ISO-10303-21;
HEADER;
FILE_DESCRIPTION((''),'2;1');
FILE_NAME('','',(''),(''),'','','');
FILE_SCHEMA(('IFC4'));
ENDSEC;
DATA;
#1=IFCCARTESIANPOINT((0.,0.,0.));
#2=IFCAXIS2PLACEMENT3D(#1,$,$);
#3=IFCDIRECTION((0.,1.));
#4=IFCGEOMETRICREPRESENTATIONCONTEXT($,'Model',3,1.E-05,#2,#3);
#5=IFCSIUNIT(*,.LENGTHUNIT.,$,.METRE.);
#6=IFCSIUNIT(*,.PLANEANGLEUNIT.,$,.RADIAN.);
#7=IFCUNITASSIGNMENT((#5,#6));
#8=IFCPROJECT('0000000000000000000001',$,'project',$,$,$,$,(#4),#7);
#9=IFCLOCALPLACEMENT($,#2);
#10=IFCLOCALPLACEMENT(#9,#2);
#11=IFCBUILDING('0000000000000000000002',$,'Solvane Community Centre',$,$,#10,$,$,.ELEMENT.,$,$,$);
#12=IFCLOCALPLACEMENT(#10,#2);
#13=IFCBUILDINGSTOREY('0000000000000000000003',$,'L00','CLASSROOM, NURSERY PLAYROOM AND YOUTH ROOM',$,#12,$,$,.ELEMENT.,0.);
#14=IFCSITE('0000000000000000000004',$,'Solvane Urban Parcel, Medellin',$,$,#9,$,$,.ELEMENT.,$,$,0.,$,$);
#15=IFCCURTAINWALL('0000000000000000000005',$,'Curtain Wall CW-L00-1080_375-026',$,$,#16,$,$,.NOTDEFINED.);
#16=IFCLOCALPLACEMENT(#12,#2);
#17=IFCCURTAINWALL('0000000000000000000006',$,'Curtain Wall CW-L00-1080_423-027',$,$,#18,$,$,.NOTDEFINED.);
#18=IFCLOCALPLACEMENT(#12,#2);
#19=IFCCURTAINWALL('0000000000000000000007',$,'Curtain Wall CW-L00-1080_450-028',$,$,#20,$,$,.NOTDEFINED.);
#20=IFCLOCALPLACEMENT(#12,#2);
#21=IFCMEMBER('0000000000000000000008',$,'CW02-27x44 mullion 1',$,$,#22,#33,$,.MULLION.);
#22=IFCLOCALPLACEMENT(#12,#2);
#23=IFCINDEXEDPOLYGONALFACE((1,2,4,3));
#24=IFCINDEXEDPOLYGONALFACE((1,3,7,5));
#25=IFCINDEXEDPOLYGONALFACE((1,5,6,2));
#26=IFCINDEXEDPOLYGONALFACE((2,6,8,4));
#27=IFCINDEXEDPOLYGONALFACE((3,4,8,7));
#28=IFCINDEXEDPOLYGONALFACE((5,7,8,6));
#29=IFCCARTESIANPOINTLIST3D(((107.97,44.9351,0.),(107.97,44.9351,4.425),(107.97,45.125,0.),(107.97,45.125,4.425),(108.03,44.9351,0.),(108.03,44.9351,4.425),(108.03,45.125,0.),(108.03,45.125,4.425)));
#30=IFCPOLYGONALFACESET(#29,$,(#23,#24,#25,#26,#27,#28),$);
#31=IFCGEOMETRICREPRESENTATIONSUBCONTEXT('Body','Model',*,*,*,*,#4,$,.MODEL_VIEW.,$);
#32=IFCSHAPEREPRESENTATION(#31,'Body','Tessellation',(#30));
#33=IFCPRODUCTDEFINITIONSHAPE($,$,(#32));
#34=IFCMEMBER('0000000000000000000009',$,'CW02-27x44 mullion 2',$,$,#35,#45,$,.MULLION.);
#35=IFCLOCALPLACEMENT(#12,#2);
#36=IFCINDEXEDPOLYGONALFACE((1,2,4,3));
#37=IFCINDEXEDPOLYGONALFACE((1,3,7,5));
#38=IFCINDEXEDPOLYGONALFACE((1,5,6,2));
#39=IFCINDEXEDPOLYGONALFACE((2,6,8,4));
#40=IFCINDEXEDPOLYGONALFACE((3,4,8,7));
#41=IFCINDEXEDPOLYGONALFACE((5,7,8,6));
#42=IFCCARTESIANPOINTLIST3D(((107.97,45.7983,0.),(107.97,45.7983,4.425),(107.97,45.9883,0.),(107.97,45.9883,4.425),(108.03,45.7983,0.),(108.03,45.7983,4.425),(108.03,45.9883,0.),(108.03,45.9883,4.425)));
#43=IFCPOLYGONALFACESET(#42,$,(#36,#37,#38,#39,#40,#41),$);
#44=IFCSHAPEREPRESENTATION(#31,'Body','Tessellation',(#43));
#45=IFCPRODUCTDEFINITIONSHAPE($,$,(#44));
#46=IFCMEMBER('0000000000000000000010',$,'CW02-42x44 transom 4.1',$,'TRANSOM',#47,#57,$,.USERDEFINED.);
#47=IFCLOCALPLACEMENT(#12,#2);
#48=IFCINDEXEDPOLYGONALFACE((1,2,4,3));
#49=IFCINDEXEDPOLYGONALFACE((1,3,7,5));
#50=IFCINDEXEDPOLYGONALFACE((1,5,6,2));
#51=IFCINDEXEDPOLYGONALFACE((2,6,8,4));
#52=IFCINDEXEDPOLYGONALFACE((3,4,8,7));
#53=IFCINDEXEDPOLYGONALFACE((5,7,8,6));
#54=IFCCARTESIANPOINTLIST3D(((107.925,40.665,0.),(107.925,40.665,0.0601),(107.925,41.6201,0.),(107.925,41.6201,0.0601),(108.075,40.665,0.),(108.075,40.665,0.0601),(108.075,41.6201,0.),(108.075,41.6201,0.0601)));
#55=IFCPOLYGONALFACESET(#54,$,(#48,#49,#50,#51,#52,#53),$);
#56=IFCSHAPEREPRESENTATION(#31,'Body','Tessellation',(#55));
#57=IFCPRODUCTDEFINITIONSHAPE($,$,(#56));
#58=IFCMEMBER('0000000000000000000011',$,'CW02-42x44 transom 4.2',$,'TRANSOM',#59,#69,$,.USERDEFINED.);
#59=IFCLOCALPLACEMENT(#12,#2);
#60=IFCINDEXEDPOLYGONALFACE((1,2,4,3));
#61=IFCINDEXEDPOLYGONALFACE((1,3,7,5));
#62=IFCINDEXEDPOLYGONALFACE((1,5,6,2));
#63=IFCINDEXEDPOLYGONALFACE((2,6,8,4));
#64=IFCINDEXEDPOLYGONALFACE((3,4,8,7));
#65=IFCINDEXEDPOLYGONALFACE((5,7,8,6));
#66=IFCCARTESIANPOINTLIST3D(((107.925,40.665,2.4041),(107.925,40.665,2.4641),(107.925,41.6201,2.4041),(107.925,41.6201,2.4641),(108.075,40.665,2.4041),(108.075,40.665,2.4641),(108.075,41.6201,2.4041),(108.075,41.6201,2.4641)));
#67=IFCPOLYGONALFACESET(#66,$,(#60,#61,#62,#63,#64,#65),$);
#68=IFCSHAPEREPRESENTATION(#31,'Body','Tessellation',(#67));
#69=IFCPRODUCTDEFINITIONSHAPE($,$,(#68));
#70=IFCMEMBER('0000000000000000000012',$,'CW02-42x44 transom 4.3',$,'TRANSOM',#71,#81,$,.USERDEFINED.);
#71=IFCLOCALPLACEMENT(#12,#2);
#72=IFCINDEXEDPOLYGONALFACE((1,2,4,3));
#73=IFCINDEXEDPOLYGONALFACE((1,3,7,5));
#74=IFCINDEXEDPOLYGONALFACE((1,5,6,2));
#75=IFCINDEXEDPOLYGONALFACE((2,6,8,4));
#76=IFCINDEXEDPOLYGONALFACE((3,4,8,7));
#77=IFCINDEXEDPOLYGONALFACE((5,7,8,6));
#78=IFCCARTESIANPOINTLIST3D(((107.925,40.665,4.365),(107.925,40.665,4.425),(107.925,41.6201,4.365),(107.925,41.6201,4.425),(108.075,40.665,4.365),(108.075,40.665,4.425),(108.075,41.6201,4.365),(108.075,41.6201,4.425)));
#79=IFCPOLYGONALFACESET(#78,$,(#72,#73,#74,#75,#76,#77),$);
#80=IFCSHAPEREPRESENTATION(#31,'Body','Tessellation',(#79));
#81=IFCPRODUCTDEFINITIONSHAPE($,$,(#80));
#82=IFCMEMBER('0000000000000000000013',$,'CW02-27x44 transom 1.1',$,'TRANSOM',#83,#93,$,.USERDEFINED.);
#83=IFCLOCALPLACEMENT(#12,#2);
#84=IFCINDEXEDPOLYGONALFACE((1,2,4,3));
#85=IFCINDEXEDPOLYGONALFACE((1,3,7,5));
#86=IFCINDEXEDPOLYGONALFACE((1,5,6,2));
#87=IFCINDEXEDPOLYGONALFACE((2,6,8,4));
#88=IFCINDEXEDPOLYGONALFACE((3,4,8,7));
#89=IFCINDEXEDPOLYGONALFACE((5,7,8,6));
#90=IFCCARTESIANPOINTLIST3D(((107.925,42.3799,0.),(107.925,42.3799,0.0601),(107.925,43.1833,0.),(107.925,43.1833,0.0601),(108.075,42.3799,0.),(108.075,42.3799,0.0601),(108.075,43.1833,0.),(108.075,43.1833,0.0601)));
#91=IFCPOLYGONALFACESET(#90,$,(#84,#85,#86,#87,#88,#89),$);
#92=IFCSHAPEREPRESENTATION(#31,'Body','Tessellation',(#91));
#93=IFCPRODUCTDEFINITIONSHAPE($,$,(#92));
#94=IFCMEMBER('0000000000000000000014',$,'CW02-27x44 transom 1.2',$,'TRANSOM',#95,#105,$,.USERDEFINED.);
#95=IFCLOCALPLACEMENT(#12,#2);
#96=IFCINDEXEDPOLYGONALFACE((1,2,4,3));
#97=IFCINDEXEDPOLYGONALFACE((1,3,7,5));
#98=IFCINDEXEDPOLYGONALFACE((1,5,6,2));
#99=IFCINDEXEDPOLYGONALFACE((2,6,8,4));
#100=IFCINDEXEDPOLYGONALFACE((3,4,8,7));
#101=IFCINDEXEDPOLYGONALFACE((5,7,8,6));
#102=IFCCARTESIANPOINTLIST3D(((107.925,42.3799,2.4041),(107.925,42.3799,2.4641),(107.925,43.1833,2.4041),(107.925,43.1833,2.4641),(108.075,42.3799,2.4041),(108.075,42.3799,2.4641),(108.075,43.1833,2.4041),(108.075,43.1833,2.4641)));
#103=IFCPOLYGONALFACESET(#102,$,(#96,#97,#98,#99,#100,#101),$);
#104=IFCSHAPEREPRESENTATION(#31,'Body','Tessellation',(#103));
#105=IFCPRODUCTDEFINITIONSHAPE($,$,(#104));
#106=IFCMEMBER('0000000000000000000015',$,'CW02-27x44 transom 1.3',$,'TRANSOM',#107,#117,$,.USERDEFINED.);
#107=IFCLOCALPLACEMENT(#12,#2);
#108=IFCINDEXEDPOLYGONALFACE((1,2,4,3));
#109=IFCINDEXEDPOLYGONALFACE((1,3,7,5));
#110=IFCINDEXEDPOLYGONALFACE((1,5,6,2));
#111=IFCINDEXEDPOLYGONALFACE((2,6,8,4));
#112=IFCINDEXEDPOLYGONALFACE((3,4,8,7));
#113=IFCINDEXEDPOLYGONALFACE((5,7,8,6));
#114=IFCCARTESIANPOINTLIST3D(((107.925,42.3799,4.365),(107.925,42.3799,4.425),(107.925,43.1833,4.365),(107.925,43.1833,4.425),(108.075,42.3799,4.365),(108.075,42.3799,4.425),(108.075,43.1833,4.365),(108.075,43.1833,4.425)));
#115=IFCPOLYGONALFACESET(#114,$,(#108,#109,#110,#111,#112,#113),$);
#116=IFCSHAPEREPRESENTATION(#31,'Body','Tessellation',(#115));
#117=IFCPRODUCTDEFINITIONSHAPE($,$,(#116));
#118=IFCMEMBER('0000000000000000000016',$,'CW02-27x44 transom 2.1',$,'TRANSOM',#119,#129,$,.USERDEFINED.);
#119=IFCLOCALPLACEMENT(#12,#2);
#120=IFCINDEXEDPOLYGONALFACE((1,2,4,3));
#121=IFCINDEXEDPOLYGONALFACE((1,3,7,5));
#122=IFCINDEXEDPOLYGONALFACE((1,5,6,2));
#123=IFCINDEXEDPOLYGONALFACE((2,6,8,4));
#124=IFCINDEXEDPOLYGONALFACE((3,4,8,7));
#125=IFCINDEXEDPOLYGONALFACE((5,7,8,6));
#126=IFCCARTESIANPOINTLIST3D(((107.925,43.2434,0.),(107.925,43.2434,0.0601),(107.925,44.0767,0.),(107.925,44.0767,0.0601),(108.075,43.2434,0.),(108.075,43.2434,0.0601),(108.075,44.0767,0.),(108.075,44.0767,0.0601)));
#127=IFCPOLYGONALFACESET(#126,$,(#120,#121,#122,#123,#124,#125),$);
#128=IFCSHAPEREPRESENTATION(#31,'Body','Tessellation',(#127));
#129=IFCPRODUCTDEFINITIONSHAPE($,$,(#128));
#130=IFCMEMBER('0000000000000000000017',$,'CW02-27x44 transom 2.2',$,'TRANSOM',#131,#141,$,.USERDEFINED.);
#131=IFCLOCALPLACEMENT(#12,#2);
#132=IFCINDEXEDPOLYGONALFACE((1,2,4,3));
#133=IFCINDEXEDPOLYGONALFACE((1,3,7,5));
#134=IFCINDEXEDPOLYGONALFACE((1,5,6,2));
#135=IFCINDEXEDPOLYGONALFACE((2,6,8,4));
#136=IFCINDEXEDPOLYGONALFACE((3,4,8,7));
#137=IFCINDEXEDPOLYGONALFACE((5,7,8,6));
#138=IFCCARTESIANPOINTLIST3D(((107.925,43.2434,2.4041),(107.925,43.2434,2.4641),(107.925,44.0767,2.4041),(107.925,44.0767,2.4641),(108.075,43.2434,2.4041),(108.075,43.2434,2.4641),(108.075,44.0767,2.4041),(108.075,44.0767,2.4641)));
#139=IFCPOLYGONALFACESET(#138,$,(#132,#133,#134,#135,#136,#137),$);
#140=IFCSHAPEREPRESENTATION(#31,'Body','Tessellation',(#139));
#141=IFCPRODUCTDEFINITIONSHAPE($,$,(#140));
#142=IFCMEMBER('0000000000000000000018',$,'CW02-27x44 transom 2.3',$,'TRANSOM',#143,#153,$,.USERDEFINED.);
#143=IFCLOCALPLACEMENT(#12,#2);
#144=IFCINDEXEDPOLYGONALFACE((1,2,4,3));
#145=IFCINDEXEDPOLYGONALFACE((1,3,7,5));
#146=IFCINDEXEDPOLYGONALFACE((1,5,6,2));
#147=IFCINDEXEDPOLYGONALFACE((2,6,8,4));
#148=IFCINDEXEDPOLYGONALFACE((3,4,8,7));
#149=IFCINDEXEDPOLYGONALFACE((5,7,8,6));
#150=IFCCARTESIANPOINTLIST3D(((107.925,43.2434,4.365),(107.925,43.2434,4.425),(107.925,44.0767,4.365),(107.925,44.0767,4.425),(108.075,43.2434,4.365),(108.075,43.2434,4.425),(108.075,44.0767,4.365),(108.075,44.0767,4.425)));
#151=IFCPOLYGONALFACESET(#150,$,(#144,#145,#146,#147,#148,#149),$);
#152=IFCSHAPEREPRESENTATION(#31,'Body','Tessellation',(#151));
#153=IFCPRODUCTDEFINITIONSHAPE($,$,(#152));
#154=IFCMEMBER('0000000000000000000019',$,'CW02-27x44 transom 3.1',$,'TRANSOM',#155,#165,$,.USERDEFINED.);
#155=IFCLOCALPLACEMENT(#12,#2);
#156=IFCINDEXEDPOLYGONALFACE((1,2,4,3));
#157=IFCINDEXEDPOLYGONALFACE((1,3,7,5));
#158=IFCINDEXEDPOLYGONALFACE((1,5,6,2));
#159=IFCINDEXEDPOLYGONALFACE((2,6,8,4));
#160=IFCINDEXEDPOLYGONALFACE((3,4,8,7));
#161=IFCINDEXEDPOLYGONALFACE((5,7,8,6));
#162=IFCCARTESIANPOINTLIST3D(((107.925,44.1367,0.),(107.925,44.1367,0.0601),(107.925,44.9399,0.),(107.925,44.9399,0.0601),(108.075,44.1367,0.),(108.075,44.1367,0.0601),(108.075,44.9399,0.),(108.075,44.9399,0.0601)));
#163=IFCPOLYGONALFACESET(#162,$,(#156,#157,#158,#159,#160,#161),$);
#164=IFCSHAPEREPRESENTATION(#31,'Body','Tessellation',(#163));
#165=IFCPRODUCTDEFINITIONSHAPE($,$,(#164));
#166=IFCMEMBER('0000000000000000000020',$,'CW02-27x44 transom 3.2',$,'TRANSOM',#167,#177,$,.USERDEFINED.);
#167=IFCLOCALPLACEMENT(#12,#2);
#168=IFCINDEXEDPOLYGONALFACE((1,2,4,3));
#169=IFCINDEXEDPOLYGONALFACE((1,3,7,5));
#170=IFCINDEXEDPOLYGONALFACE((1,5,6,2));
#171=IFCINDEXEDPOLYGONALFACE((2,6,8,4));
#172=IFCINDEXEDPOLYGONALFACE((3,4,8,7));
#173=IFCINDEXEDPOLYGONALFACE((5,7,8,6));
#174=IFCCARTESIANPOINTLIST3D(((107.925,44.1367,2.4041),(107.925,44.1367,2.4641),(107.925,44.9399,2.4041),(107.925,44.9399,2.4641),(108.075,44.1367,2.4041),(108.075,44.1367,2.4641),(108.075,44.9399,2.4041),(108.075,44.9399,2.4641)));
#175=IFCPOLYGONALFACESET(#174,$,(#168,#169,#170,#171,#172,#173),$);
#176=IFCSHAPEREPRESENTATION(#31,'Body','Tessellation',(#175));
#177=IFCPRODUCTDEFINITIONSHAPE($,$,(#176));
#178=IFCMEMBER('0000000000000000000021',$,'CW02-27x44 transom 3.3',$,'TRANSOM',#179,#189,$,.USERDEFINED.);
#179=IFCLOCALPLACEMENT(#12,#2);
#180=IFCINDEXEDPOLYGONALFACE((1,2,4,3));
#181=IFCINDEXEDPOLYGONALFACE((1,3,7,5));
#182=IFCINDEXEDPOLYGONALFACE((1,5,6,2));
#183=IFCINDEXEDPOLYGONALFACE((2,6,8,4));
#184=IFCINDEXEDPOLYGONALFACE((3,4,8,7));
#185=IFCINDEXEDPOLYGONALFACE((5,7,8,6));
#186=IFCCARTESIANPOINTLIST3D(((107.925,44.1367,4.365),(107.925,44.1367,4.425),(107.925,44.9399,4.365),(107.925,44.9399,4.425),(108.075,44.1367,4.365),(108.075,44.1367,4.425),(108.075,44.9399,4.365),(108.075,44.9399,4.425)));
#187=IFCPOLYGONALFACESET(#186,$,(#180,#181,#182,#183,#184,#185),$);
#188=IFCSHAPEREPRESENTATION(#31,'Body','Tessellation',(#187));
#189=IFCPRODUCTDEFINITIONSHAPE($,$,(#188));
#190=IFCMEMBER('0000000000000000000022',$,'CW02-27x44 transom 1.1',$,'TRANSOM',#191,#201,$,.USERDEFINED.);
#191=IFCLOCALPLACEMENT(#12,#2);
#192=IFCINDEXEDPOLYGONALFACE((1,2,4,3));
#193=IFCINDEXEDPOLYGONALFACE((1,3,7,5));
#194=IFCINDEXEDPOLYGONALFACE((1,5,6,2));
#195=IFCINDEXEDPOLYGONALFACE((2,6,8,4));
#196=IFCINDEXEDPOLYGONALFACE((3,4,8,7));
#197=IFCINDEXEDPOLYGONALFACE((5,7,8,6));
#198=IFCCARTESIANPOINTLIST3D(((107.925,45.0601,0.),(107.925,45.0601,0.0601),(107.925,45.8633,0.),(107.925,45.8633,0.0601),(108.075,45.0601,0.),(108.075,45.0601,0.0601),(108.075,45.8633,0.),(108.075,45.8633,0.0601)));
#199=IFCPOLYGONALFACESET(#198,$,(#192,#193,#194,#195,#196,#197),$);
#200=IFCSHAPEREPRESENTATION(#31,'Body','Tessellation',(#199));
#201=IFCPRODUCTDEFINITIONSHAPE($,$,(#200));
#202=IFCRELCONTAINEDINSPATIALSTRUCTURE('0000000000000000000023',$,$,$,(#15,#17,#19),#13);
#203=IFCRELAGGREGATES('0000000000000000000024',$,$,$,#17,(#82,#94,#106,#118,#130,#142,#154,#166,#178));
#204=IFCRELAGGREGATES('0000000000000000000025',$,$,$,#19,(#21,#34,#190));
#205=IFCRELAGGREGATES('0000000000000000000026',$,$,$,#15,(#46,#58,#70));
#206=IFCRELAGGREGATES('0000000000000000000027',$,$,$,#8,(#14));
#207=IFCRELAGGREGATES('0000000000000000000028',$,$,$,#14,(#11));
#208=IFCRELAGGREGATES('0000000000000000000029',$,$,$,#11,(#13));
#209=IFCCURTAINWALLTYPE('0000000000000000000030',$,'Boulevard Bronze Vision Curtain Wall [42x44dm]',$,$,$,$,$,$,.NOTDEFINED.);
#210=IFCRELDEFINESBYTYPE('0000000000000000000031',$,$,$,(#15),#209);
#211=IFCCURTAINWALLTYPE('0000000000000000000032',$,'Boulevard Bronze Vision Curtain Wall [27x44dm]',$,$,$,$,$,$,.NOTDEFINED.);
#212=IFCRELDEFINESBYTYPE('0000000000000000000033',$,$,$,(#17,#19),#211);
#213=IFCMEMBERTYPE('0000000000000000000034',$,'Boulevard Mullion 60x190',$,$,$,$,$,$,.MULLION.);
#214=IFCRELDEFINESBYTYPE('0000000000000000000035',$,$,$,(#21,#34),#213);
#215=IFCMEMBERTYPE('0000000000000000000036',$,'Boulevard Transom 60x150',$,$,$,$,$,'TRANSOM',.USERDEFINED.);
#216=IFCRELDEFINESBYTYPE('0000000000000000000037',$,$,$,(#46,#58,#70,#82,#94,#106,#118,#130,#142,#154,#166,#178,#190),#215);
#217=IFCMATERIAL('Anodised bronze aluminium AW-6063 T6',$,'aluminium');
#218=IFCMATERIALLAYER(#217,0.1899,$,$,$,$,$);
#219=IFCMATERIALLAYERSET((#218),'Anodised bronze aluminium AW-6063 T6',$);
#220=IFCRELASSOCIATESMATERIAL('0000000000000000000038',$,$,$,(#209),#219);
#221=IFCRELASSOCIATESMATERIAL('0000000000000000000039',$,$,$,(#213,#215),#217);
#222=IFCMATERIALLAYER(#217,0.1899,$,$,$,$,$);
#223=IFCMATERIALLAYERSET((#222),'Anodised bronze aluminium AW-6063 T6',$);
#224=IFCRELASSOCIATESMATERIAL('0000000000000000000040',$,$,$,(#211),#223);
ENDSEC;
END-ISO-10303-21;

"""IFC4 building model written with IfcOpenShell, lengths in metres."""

from ifc_helpers import new_model, si_unit, direction, frame, origin, origin_2d, place, context, subcontext, project, spatial, rectangle, extrude, material, layer, layer_set, material_profile, profile_set, type_object, element, aggregate, save


model = new_model("IFC4")

# Units and contexts
model_context = context("Model", 3, precision=1e-05, world=origin(), true_north=direction((0.0, 1.0)))
body_context = subcontext(model_context, "Body", "Model", "MODEL_VIEW")
ifc_project = project(units=[si_unit("LENGTHUNIT", "METRE"), si_unit("PLANEANGLEUNIT", "RADIAN")], contexts=[model_context])

# Site, building, storey
site_placement = place(None, origin())
site = spatial("IfcSite", under=ifc_project, at=site_placement, Name="Solvane Urban Parcel, Medellin", CompositionType="ELEMENT", RefElevation=0.0)
building_placement = place(site_placement, origin())
building = spatial("IfcBuilding", under=site, at=building_placement, Name="Solvane Community Centre", CompositionType="ELEMENT")
storey_placement = place(building_placement, origin())
storey = spatial("IfcBuildingStorey", under=building, at=storey_placement, Name="L00", Description="CLASSROOM, NURSERY PLAYROOM AND YOUTH ROOM", CompositionType="ELEMENT", Elevation=0.0)

# Curtain walls, members
ifc_material_1 = material(Name="Anodised bronze aluminium AW-6063 T6", Category="aluminium")
ifc_layer_1 = layer(ifc_material_1, 0.1899)
ifc_layer_set_1 = layer_set([ifc_layer_1], Name="Anodised bronze aluminium AW-6063 T6")
curtain_wall_type_1 = type_object("IfcCurtainWallType", Name="Boulevard Bronze Vision Curtain Wall [42x44dm]", PredefinedType="NOTDEFINED", material=ifc_layer_set_1)
curtain_wall_1_placement = place(storey_placement, origin())
curtain_wall_1 = element("IfcCurtainWall", 1, at=curtain_wall_1_placement, inside=storey, type_object=curtain_wall_type_1, Name="Curtain Wall CW-L00-1080_375-026", PredefinedType="NOTDEFINED")
ifc_material_profile_1 = material_profile(ifc_material_1, rectangle(XDim=0.0601, YDim=0.1899, at=origin_2d()), Name="CW-M 60x190")
ifc_profile_set_1 = profile_set([ifc_material_profile_1], Name="Anodised bronze aluminium AW-6063 T6")
member_type_1 = type_object("IfcMemberType", Name="Boulevard Mullion 60x190", PredefinedType="MULLION", material=ifc_profile_set_1)
ifc_layer_2 = layer(ifc_material_1, 0.1899)
ifc_layer_set_2 = layer_set([ifc_layer_2], Name="Anodised bronze aluminium AW-6063 T6")
curtain_wall_type_2 = type_object("IfcCurtainWallType", Name="Boulevard Bronze Vision Curtain Wall [27x44dm]", PredefinedType="NOTDEFINED", material=ifc_layer_set_2)
curtain_wall_2_placement = place(storey_placement, origin())
curtain_wall_2 = element("IfcCurtainWall", 2, at=curtain_wall_2_placement, inside=storey, type_object=curtain_wall_type_2, Name="Curtain Wall CW-L00-1080_423-027", PredefinedType="NOTDEFINED")
curtain_wall_3_placement = place(storey_placement, origin())
curtain_wall_3 = element("IfcCurtainWall", 3, at=curtain_wall_3_placement, inside=storey, type_object=curtain_wall_type_2, Name="Curtain Wall CW-L00-1080_450-028", PredefinedType="NOTDEFINED")
member_1_placement = place(storey_placement, frame((108.0, 45.03, 0.0), z_axis=(0.0, 0.0, 1.0), x_axis=(-1.0, 0.0, 0.0)))
member_1 = element("IfcMember", 4, at=member_1_placement, type_object=member_type_1, Name="CW02-27x44 mullion 1", PredefinedType="MULLION", context=body_context, shape_type="SweptSolid", body=[
    extrude(rectangle(XDim=0.0601, YDim=0.1899, at=origin_2d()), origin(), (0.0, 0.0, 1.0), 4.425),
])
member_2_placement = place(storey_placement, frame((108.0, 45.8933, 0.0), z_axis=(0.0, 0.0, 1.0), x_axis=(-1.0, 0.0, 0.0)))
member_2 = element("IfcMember", 5, at=member_2_placement, type_object=member_type_1, Name="CW02-27x44 mullion 2", PredefinedType="MULLION", context=body_context, shape_type="SweptSolid", body=[
    extrude(rectangle(XDim=0.0601, YDim=0.1899, at=origin_2d()), origin(), (0.0, 0.0, 1.0), 4.425),
])

# Members
ifc_material_profile_2 = material_profile(ifc_material_1, rectangle(XDim=0.1499, YDim=0.0601, at=origin_2d()), Name="CW-T 60x150")
ifc_profile_set_2 = profile_set([ifc_material_profile_2], Name="Anodised bronze aluminium AW-6063 T6")
member_type_2 = type_object("IfcMemberType", Name="Boulevard Transom 60x150", ElementType="TRANSOM", PredefinedType="USERDEFINED", material=ifc_profile_set_2)
member_3_placement = place(storey_placement, frame((108.0, 40.665, 0.03), z_axis=(0.0, 1.0, 0.0), x_axis=(-1.0, 0.0, 0.0)))
member_3 = element("IfcMember", 6, at=member_3_placement, type_object=member_type_2, Name="CW02-42x44 transom 4.1", ObjectType="TRANSOM", PredefinedType="USERDEFINED", context=body_context, shape_type="SweptSolid", body=[
    extrude(rectangle(XDim=0.1499, YDim=0.0601, at=origin_2d()), origin(), (0.0, 0.0, 1.0), 0.9551),
])
member_4_placement = place(storey_placement, frame((108.0, 40.665, 2.4341), z_axis=(0.0, 1.0, 0.0), x_axis=(-1.0, 0.0, 0.0)))
member_4 = element("IfcMember", 7, at=member_4_placement, type_object=member_type_2, Name="CW02-42x44 transom 4.2", ObjectType="TRANSOM", PredefinedType="USERDEFINED", context=body_context, shape_type="SweptSolid", body=[
    extrude(rectangle(XDim=0.1499, YDim=0.0601, at=origin_2d()), origin(), (0.0, 0.0, 1.0), 0.9551),
])
member_5_placement = place(storey_placement, frame((108.0, 40.665, 4.395), z_axis=(0.0, 1.0, 0.0), x_axis=(-1.0, 0.0, 0.0)))
member_5 = element("IfcMember", 8, at=member_5_placement, type_object=member_type_2, Name="CW02-42x44 transom 4.3", ObjectType="TRANSOM", PredefinedType="USERDEFINED", context=body_context, shape_type="SweptSolid", body=[
    extrude(rectangle(XDim=0.1499, YDim=0.0601, at=origin_2d()), origin(), (0.0, 0.0, 1.0), 0.9551),
])
member_6_placement = place(storey_placement, frame((108.0, 42.3799, 0.03), z_axis=(0.0, 1.0, 0.0), x_axis=(-1.0, 0.0, 0.0)))
member_6 = element("IfcMember", 9, at=member_6_placement, type_object=member_type_2, Name="CW02-27x44 transom 1.1", ObjectType="TRANSOM", PredefinedType="USERDEFINED", context=body_context, shape_type="SweptSolid", body=[
    extrude(rectangle(XDim=0.1499, YDim=0.0601, at=origin_2d()), origin(), (0.0, 0.0, 1.0), 0.8035),
])
member_7_placement = place(storey_placement, frame((108.0, 42.3799, 2.4341), z_axis=(0.0, 1.0, 0.0), x_axis=(-1.0, 0.0, 0.0)))
member_7 = element("IfcMember", 10, at=member_7_placement, type_object=member_type_2, Name="CW02-27x44 transom 1.2", ObjectType="TRANSOM", PredefinedType="USERDEFINED", context=body_context, shape_type="SweptSolid", body=[
    extrude(rectangle(XDim=0.1499, YDim=0.0601, at=origin_2d()), origin(), (0.0, 0.0, 1.0), 0.8035),
])
member_8_placement = place(storey_placement, frame((108.0, 42.3799, 4.395), z_axis=(0.0, 1.0, 0.0), x_axis=(-1.0, 0.0, 0.0)))
member_8 = element("IfcMember", 11, at=member_8_placement, type_object=member_type_2, Name="CW02-27x44 transom 1.3", ObjectType="TRANSOM", PredefinedType="USERDEFINED", context=body_context, shape_type="SweptSolid", body=[
    extrude(rectangle(XDim=0.1499, YDim=0.0601, at=origin_2d()), origin(), (0.0, 0.0, 1.0), 0.8035),
])
member_9_placement = place(storey_placement, frame((108.0, 43.2434, 0.03), z_axis=(0.0, 1.0, 0.0), x_axis=(-1.0, 0.0, 0.0)))
member_9 = element("IfcMember", 12, at=member_9_placement, type_object=member_type_2, Name="CW02-27x44 transom 2.1", ObjectType="TRANSOM", PredefinedType="USERDEFINED", context=body_context, shape_type="SweptSolid", body=[
    extrude(rectangle(XDim=0.1499, YDim=0.0601, at=origin_2d()), origin(), (0.0, 0.0, 1.0), 0.8333),
])
member_10_placement = place(storey_placement, frame((108.0, 43.2434, 2.4341), z_axis=(0.0, 1.0, 0.0), x_axis=(-1.0, 0.0, 0.0)))
member_10 = element("IfcMember", 13, at=member_10_placement, type_object=member_type_2, Name="CW02-27x44 transom 2.2", ObjectType="TRANSOM", PredefinedType="USERDEFINED", context=body_context, shape_type="SweptSolid", body=[
    extrude(rectangle(XDim=0.1499, YDim=0.0601, at=origin_2d()), origin(), (0.0, 0.0, 1.0), 0.8333),
])
member_11_placement = place(storey_placement, frame((108.0, 43.2434, 4.395), z_axis=(0.0, 1.0, 0.0), x_axis=(-1.0, 0.0, 0.0)))
member_11 = element("IfcMember", 14, at=member_11_placement, type_object=member_type_2, Name="CW02-27x44 transom 2.3", ObjectType="TRANSOM", PredefinedType="USERDEFINED", context=body_context, shape_type="SweptSolid", body=[
    extrude(rectangle(XDim=0.1499, YDim=0.0601, at=origin_2d()), origin(), (0.0, 0.0, 1.0), 0.8333),
])
member_12_placement = place(storey_placement, frame((108.0, 44.1367, 0.03), z_axis=(0.0, 1.0, 0.0), x_axis=(-1.0, 0.0, 0.0)))
member_12 = element("IfcMember", 15, at=member_12_placement, type_object=member_type_2, Name="CW02-27x44 transom 3.1", ObjectType="TRANSOM", PredefinedType="USERDEFINED", context=body_context, shape_type="SweptSolid", body=[
    extrude(rectangle(XDim=0.1499, YDim=0.0601, at=origin_2d()), origin(), (0.0, 0.0, 1.0), 0.8032),
])
member_13_placement = place(storey_placement, frame((108.0, 44.1367, 2.4341), z_axis=(0.0, 1.0, 0.0), x_axis=(-1.0, 0.0, 0.0)))
member_13 = element("IfcMember", 16, at=member_13_placement, type_object=member_type_2, Name="CW02-27x44 transom 3.2", ObjectType="TRANSOM", PredefinedType="USERDEFINED", context=body_context, shape_type="SweptSolid", body=[
    extrude(rectangle(XDim=0.1499, YDim=0.0601, at=origin_2d()), origin(), (0.0, 0.0, 1.0), 0.8032),
])
member_14_placement = place(storey_placement, frame((108.0, 44.1367, 4.395), z_axis=(0.0, 1.0, 0.0), x_axis=(-1.0, 0.0, 0.0)))
member_14 = element("IfcMember", 17, at=member_14_placement, type_object=member_type_2, Name="CW02-27x44 transom 3.3", ObjectType="TRANSOM", PredefinedType="USERDEFINED", context=body_context, shape_type="SweptSolid", body=[
    extrude(rectangle(XDim=0.1499, YDim=0.0601, at=origin_2d()), origin(), (0.0, 0.0, 1.0), 0.8032),
])
member_15_placement = place(storey_placement, frame((108.0, 45.0601, 0.03), z_axis=(0.0, 1.0, 0.0), x_axis=(-1.0, 0.0, 0.0)))
member_15 = element("IfcMember", 18, at=member_15_placement, type_object=member_type_2, Name="CW02-27x44 transom 1.1", ObjectType="TRANSOM", PredefinedType="USERDEFINED", context=body_context, shape_type="SweptSolid", body=[
    extrude(rectangle(XDim=0.1499, YDim=0.0601, at=origin_2d()), origin(), (0.0, 0.0, 1.0), 0.8032),
])

aggregate(curtain_wall_2, [member_6, member_7, member_8, member_9, member_10, member_11, member_12, member_13, member_14])
aggregate(curtain_wall_3, [member_1, member_2, member_15])
aggregate(curtain_wall_1, [member_3, member_4, member_5])

save(model, "model.ifc")
